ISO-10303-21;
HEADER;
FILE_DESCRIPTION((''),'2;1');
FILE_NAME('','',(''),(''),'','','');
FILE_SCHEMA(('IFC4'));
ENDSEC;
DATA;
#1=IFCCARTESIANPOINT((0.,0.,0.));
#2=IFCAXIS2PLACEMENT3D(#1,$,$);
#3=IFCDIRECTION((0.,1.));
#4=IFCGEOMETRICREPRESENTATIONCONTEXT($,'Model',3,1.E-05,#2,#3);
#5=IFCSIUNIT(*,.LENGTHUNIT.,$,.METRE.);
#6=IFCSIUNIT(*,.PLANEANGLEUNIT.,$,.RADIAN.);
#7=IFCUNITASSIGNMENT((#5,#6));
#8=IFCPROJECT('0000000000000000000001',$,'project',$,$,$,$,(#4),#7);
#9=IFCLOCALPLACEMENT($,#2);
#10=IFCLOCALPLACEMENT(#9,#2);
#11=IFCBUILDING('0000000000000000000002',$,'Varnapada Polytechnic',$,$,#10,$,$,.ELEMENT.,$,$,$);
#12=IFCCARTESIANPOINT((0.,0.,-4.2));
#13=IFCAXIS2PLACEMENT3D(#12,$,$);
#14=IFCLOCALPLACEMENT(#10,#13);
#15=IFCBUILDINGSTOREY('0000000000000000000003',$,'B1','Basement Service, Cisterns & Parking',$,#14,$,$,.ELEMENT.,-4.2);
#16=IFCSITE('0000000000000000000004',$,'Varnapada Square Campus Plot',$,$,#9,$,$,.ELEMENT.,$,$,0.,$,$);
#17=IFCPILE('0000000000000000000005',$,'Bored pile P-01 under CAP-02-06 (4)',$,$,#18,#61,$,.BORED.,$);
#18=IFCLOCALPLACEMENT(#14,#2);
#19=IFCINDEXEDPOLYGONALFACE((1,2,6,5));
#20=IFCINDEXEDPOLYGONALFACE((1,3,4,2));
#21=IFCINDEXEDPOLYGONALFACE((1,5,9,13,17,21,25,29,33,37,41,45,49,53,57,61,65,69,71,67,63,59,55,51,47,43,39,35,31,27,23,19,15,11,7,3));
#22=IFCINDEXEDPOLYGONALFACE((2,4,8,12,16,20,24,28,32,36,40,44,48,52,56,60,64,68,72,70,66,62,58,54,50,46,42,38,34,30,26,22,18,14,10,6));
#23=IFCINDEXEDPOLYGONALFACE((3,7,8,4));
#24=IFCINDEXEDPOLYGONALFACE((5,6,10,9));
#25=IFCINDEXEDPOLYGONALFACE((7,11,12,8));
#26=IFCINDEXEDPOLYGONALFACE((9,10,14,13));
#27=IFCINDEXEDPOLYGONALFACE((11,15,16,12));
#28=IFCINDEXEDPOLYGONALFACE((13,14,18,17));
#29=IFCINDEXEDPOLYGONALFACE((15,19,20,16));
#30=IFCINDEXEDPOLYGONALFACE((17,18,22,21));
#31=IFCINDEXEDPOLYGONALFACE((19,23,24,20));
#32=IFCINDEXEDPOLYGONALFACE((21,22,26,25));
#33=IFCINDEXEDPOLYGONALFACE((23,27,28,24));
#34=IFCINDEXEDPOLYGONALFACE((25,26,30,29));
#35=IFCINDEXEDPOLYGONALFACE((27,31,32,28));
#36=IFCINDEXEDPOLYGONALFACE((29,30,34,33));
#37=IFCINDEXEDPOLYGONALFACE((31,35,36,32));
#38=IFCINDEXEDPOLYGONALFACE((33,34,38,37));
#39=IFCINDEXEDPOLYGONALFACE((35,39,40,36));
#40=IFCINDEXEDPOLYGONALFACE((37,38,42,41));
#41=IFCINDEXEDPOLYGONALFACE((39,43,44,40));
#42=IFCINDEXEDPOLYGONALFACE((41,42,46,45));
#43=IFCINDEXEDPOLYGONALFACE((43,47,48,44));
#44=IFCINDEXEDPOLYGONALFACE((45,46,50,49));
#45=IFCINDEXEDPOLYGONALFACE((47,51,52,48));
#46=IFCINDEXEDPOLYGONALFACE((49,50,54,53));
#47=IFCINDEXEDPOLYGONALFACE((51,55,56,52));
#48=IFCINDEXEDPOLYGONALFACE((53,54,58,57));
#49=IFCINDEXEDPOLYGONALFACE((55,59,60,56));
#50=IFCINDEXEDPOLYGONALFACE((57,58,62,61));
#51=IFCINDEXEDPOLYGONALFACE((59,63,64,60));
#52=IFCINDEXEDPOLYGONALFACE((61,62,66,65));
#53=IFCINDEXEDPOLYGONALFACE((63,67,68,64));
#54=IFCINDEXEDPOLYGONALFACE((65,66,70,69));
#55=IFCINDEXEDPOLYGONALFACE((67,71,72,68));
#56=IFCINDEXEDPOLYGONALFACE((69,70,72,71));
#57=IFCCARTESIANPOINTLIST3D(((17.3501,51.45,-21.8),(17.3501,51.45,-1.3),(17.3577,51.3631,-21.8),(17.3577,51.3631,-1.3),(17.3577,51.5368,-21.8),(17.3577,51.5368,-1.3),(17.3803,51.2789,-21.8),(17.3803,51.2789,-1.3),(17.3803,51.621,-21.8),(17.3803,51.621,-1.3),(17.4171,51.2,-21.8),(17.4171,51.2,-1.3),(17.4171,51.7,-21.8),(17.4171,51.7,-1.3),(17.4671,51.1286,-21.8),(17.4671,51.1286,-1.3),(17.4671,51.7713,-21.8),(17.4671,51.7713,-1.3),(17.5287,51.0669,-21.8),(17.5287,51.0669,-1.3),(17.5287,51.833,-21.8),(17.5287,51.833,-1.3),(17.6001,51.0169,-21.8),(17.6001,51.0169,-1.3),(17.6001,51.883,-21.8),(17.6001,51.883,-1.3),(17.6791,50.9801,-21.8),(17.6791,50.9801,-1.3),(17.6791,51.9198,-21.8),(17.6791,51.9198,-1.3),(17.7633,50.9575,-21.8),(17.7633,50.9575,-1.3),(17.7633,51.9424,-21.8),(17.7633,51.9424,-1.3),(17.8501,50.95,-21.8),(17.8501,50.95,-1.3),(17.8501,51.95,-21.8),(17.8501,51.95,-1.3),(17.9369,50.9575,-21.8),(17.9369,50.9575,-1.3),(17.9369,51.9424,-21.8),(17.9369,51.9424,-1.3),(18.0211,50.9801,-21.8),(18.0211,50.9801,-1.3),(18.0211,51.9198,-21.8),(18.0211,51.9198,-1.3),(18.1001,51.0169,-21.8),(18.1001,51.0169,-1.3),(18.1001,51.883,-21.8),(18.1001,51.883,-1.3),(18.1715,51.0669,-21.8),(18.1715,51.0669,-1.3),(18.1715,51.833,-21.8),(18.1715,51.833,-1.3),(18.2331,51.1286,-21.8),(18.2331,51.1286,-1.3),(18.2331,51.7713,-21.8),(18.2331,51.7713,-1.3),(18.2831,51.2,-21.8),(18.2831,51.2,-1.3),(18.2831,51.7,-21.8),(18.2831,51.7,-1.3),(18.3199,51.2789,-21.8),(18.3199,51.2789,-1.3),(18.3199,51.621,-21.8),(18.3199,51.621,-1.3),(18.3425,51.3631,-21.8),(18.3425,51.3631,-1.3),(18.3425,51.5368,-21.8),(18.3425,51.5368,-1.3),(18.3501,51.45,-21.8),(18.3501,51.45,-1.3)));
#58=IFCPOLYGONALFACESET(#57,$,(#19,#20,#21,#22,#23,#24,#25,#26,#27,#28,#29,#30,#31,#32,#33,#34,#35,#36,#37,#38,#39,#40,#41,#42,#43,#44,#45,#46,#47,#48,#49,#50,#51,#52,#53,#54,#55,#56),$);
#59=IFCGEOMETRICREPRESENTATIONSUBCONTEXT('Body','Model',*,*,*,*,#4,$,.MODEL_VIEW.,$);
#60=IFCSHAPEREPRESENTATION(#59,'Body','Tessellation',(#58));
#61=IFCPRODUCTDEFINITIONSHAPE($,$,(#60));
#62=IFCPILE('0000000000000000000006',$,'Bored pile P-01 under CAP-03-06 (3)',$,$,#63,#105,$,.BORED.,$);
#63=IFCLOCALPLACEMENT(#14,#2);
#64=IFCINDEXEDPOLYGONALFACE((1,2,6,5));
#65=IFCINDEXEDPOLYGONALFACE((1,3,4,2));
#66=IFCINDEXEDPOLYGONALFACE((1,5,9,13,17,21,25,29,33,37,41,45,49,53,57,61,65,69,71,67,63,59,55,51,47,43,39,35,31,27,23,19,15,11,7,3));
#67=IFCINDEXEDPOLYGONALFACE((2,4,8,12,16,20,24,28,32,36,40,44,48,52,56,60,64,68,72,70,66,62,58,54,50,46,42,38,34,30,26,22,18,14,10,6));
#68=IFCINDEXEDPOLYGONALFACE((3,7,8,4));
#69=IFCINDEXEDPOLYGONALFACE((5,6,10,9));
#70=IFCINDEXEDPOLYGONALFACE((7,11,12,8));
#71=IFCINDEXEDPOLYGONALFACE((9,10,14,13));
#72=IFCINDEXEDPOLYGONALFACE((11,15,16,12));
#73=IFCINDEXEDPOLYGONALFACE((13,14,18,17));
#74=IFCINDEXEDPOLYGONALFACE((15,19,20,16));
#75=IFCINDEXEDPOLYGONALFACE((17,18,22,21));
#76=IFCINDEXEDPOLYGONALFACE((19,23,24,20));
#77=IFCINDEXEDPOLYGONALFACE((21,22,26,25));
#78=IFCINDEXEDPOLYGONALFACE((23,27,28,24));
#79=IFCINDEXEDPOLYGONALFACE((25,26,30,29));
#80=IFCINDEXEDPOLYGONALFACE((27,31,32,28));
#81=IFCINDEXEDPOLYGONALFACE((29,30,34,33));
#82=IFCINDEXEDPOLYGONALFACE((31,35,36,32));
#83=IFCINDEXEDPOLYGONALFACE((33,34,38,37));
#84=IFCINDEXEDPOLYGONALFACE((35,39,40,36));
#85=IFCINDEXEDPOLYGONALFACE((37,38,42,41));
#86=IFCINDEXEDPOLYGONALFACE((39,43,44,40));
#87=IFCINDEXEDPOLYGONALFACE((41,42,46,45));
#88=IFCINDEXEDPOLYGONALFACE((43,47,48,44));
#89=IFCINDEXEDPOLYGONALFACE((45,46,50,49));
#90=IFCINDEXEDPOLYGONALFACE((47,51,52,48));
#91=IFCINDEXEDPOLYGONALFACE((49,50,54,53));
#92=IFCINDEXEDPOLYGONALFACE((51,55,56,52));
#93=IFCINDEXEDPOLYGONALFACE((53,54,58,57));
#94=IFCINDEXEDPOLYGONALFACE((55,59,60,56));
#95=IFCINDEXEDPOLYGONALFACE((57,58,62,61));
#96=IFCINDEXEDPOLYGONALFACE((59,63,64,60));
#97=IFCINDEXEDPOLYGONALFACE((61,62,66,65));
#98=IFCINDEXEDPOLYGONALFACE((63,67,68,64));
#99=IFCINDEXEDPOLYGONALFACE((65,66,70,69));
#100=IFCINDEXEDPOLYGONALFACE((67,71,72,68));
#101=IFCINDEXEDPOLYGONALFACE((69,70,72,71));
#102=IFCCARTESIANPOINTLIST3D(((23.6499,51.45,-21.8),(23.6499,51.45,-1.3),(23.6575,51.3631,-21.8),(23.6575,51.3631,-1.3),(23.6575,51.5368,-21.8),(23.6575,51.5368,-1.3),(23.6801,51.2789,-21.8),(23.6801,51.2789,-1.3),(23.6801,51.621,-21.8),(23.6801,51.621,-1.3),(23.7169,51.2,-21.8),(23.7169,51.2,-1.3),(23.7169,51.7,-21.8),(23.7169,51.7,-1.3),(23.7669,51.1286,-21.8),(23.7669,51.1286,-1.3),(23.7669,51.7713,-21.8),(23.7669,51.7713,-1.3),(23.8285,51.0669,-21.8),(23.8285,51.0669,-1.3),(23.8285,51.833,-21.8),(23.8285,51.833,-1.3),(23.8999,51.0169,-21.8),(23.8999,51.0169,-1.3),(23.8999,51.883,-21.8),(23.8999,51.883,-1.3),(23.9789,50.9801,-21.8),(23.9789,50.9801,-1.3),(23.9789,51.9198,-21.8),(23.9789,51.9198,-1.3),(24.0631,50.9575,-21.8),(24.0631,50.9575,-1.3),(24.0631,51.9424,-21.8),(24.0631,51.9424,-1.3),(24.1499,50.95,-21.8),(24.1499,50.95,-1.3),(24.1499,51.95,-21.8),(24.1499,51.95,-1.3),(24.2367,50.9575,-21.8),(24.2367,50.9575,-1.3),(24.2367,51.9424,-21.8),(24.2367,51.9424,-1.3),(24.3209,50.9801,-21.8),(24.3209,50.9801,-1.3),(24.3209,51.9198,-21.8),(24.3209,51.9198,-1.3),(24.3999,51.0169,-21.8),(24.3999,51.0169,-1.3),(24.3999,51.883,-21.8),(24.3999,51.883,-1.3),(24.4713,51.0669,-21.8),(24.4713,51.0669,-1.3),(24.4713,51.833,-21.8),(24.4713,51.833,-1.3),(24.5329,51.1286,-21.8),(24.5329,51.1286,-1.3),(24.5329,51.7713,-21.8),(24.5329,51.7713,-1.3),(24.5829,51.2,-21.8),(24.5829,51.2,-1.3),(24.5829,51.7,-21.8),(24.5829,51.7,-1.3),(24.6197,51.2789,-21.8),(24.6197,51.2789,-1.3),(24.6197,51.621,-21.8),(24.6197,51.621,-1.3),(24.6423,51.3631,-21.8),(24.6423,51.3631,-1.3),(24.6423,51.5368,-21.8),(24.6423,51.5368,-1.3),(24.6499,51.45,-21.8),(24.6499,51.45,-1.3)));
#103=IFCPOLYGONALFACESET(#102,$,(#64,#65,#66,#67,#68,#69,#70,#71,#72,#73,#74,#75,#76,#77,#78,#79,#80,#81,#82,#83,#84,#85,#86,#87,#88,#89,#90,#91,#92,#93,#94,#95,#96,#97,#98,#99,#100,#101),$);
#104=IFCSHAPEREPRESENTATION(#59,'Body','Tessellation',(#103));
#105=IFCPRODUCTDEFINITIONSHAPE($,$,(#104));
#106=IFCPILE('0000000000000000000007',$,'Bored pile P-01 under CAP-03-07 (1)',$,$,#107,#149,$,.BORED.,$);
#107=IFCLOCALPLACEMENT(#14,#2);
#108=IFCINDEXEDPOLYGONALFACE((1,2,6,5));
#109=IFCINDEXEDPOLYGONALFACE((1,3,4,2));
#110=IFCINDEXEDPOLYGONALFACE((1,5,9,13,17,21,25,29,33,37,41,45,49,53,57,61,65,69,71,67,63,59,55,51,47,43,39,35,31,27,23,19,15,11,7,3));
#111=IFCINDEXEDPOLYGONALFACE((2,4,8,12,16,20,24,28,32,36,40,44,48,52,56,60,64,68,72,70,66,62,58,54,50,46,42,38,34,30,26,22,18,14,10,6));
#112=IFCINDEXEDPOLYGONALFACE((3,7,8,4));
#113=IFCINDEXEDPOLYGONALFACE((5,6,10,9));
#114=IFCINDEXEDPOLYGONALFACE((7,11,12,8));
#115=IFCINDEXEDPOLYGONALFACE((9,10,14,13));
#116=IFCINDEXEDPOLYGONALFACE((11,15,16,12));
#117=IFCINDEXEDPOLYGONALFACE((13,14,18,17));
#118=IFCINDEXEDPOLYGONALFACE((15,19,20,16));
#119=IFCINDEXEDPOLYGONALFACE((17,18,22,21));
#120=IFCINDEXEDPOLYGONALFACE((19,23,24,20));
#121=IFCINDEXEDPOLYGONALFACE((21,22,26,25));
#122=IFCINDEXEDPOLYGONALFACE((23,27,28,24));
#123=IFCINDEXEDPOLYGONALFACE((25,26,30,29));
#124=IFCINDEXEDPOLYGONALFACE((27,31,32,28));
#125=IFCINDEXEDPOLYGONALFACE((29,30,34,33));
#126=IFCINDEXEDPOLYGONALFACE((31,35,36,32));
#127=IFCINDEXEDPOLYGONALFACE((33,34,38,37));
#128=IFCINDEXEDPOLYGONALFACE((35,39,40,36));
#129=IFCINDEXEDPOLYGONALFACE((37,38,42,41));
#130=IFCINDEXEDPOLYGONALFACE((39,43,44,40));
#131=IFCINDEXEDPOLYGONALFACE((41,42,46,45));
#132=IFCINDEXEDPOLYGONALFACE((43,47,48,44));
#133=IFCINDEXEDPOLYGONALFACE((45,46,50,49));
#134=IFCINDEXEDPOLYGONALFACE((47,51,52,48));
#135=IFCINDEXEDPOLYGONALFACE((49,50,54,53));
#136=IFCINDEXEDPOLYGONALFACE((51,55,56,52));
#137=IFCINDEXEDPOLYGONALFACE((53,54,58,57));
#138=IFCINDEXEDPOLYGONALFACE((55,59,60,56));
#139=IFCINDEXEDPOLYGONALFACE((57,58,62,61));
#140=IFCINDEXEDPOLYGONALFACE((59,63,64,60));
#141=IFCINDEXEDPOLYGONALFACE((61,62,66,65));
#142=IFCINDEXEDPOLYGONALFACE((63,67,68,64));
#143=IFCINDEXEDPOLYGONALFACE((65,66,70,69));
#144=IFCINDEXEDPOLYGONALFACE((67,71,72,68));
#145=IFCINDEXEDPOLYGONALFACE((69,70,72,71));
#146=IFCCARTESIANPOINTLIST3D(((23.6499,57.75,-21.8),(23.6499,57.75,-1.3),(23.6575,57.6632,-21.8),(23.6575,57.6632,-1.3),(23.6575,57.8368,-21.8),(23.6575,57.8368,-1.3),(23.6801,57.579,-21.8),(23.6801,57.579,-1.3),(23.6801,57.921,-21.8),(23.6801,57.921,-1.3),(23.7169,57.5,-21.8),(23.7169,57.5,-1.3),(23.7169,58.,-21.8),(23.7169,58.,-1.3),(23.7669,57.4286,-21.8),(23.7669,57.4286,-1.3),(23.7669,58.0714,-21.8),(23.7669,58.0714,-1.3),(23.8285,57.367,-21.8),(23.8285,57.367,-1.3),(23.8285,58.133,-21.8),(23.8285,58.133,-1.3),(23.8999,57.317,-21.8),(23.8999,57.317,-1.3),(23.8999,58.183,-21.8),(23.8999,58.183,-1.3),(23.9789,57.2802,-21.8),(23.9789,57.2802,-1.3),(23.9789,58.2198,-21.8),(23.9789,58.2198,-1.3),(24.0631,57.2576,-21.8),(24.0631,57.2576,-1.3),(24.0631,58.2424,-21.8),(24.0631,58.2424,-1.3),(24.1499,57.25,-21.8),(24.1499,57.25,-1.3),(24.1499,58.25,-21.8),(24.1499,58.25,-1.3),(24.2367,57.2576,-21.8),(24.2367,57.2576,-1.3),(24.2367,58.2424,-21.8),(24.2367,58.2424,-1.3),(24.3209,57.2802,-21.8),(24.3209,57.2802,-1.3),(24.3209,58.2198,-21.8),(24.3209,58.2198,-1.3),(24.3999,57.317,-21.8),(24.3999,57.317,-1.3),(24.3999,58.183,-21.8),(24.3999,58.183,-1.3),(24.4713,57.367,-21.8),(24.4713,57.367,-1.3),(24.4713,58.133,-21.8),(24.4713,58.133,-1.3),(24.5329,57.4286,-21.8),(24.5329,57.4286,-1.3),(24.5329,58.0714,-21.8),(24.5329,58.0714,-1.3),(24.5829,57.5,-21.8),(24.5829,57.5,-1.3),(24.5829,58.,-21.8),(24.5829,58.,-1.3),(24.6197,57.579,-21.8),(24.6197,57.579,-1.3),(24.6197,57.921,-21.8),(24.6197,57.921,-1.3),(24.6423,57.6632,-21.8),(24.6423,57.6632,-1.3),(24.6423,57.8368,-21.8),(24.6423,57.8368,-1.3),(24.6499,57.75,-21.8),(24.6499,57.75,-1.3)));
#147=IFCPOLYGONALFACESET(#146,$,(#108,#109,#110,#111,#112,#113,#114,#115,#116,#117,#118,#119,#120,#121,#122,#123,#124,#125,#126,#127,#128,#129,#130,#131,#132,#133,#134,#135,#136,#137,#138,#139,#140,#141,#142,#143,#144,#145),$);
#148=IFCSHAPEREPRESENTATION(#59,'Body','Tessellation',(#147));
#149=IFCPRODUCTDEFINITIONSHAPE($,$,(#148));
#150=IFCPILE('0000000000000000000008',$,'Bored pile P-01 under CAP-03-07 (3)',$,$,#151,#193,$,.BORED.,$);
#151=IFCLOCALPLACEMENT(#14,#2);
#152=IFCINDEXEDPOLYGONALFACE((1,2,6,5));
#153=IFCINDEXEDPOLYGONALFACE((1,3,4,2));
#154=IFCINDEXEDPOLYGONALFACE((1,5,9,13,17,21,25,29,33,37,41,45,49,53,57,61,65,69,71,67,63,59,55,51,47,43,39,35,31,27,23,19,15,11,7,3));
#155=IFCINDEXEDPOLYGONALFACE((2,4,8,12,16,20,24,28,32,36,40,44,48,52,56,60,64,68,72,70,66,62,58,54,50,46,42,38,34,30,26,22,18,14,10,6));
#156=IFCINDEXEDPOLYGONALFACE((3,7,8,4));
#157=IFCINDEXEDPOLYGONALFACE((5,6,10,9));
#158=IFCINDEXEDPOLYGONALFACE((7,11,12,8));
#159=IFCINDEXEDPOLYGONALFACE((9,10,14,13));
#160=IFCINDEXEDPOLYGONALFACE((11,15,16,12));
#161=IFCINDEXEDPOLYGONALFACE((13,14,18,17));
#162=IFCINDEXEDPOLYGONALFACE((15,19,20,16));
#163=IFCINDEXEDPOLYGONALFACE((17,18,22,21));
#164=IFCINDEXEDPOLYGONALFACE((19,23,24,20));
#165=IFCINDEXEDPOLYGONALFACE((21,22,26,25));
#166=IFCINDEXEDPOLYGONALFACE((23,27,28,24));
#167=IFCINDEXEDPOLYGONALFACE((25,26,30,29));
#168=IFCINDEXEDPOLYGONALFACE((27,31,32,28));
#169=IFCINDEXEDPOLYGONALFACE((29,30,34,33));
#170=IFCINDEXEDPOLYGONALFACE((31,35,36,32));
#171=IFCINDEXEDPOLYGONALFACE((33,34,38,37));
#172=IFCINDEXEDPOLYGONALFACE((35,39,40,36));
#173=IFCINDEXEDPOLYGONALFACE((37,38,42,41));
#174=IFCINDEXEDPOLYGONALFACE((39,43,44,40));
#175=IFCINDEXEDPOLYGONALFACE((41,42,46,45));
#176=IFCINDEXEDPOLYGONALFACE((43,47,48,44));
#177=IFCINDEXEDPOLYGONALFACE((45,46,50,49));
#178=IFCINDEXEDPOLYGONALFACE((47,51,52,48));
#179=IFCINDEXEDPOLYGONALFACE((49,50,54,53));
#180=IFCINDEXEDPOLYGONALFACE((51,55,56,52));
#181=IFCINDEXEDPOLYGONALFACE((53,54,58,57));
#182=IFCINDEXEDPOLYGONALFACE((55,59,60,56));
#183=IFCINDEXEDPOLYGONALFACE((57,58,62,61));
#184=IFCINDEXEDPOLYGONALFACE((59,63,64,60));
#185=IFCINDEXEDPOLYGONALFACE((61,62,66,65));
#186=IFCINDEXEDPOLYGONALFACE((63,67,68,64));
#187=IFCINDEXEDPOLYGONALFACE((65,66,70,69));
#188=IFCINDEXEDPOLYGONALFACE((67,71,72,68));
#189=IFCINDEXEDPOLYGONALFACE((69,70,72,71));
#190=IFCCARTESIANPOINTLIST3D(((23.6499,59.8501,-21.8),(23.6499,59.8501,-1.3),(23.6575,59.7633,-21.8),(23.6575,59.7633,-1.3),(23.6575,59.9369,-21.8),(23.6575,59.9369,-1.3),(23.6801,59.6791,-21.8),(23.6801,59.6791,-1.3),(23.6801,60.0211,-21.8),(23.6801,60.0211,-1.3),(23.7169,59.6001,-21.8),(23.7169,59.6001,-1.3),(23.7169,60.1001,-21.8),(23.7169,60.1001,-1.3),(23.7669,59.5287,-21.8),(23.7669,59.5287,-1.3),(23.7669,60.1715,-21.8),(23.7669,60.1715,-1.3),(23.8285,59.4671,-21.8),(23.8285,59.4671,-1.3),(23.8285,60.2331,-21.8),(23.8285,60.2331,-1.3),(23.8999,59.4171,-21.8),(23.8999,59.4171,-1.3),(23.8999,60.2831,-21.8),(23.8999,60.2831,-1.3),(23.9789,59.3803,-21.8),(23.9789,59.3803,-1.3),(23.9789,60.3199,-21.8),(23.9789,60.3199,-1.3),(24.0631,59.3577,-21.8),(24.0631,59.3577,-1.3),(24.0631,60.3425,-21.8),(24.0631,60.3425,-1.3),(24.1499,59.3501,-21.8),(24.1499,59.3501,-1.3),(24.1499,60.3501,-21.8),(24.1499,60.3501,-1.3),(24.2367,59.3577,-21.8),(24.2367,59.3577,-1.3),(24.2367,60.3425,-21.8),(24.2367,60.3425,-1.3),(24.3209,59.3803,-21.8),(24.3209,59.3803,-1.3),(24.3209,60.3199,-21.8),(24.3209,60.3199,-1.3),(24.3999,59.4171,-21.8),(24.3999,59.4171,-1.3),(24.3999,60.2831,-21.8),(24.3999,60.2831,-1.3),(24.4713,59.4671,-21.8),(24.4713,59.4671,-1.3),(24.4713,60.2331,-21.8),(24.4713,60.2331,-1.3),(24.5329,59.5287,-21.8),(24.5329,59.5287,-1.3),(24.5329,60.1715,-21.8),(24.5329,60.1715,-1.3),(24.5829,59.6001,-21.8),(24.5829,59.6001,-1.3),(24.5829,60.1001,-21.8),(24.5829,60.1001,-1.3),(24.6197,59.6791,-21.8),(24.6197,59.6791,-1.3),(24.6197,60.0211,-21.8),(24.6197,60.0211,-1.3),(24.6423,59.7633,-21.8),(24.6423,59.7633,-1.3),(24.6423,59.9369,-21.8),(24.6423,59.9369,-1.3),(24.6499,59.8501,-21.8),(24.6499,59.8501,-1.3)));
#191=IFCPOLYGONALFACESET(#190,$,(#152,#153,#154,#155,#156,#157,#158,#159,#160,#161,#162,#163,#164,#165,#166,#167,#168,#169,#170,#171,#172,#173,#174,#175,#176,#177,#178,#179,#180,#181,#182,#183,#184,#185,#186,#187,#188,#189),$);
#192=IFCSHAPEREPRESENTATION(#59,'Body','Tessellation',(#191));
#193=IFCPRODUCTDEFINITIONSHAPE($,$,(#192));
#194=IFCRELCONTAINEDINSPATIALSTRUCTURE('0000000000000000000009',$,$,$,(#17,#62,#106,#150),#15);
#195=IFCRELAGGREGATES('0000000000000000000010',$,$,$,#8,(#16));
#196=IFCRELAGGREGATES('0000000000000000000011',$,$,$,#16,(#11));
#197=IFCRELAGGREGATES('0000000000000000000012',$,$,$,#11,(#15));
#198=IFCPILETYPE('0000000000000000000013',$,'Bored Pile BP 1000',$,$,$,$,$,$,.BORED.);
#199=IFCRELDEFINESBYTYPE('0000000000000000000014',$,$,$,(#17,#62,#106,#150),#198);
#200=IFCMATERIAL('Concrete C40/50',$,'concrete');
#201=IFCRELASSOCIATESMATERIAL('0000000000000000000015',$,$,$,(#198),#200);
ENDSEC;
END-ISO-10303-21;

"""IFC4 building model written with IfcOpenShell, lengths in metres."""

from ifc_helpers import new_model, si_unit, direction, frame, origin, origin_2d, place, context, subcontext, project, spatial, circle, extrude, material, material_profile, profile_set, type_object, element, save


model = new_model("IFC4")

# Units and contexts
model_context = context("Model", 3, precision=1e-05, world=origin(), true_north=direction((0.0, 1.0)))
body_context = subcontext(model_context, "Body", "Model", "MODEL_VIEW")
ifc_project = project(units=[si_unit("LENGTHUNIT", "METRE"), si_unit("PLANEANGLEUNIT", "RADIAN")], contexts=[model_context])

# Site, building, storey
site_placement = place(None, origin())
site = spatial("IfcSite", under=ifc_project, at=site_placement, Name="Varnapada Square Campus Plot", CompositionType="ELEMENT", RefElevation=0.0)
building_placement = place(site_placement, origin())
building = spatial("IfcBuilding", under=site, at=building_placement, Name="Varnapada Polytechnic", CompositionType="ELEMENT")
storey_placement = place(building_placement, frame((0.0, 0.0, -4.2)))
storey = spatial("IfcBuildingStorey", under=building, at=storey_placement, Name="B1", Description="Basement Service, Cisterns & Parking", CompositionType="ELEMENT", Elevation=-4.2)

# Piles
ifc_material_1 = material(Name="Concrete C40/50", Category="concrete")
ifc_material_profile_1 = material_profile(ifc_material_1, circle(Radius=0.5, at=origin_2d()), Name="BP 1000")
ifc_profile_set_1 = profile_set([ifc_material_profile_1], Name="Concrete C40/50")
pile_type_1 = type_object("IfcPileType", Name="Bored Pile BP 1000", PredefinedType="BORED", material=ifc_profile_set_1)
for number, where, z_axis, x_axis, name in (
    (1, (17.8501, 51.45, -1.3), (0.0, 0.0, -1.0), (1.0, 0.0, 0.0), "Bored pile P-01 under CAP-02-06 (4)"),
    (2, (24.1499, 51.45, -1.3), (0.0, 0.0, -1.0), (1.0, 0.0, 0.0), "Bored pile P-01 under CAP-03-06 (3)"),
    (3, (24.1499, 57.75, -1.3), (0.0, 0.0, -1.0), (1.0, 0.0, 0.0), "Bored pile P-01 under CAP-03-07 (1)"),
    (4, (24.1499, 59.8501, -1.3), (0.0, 0.0, -1.0), (1.0, 0.0, 0.0), "Bored pile P-01 under CAP-03-07 (3)"),
):
    element("IfcPile", number, at=place(storey_placement, frame(where, z_axis=z_axis, x_axis=x_axis)), inside=storey, type_object=pile_type_1, Name=name, PredefinedType="BORED", context=body_context, shape_type="SweptSolid", body=[
        extrude(circle(Radius=0.5, at=origin_2d()), origin(), (0.0, 0.0, 1.0), 20.5),
    ])

save(model, "model.ifc")
